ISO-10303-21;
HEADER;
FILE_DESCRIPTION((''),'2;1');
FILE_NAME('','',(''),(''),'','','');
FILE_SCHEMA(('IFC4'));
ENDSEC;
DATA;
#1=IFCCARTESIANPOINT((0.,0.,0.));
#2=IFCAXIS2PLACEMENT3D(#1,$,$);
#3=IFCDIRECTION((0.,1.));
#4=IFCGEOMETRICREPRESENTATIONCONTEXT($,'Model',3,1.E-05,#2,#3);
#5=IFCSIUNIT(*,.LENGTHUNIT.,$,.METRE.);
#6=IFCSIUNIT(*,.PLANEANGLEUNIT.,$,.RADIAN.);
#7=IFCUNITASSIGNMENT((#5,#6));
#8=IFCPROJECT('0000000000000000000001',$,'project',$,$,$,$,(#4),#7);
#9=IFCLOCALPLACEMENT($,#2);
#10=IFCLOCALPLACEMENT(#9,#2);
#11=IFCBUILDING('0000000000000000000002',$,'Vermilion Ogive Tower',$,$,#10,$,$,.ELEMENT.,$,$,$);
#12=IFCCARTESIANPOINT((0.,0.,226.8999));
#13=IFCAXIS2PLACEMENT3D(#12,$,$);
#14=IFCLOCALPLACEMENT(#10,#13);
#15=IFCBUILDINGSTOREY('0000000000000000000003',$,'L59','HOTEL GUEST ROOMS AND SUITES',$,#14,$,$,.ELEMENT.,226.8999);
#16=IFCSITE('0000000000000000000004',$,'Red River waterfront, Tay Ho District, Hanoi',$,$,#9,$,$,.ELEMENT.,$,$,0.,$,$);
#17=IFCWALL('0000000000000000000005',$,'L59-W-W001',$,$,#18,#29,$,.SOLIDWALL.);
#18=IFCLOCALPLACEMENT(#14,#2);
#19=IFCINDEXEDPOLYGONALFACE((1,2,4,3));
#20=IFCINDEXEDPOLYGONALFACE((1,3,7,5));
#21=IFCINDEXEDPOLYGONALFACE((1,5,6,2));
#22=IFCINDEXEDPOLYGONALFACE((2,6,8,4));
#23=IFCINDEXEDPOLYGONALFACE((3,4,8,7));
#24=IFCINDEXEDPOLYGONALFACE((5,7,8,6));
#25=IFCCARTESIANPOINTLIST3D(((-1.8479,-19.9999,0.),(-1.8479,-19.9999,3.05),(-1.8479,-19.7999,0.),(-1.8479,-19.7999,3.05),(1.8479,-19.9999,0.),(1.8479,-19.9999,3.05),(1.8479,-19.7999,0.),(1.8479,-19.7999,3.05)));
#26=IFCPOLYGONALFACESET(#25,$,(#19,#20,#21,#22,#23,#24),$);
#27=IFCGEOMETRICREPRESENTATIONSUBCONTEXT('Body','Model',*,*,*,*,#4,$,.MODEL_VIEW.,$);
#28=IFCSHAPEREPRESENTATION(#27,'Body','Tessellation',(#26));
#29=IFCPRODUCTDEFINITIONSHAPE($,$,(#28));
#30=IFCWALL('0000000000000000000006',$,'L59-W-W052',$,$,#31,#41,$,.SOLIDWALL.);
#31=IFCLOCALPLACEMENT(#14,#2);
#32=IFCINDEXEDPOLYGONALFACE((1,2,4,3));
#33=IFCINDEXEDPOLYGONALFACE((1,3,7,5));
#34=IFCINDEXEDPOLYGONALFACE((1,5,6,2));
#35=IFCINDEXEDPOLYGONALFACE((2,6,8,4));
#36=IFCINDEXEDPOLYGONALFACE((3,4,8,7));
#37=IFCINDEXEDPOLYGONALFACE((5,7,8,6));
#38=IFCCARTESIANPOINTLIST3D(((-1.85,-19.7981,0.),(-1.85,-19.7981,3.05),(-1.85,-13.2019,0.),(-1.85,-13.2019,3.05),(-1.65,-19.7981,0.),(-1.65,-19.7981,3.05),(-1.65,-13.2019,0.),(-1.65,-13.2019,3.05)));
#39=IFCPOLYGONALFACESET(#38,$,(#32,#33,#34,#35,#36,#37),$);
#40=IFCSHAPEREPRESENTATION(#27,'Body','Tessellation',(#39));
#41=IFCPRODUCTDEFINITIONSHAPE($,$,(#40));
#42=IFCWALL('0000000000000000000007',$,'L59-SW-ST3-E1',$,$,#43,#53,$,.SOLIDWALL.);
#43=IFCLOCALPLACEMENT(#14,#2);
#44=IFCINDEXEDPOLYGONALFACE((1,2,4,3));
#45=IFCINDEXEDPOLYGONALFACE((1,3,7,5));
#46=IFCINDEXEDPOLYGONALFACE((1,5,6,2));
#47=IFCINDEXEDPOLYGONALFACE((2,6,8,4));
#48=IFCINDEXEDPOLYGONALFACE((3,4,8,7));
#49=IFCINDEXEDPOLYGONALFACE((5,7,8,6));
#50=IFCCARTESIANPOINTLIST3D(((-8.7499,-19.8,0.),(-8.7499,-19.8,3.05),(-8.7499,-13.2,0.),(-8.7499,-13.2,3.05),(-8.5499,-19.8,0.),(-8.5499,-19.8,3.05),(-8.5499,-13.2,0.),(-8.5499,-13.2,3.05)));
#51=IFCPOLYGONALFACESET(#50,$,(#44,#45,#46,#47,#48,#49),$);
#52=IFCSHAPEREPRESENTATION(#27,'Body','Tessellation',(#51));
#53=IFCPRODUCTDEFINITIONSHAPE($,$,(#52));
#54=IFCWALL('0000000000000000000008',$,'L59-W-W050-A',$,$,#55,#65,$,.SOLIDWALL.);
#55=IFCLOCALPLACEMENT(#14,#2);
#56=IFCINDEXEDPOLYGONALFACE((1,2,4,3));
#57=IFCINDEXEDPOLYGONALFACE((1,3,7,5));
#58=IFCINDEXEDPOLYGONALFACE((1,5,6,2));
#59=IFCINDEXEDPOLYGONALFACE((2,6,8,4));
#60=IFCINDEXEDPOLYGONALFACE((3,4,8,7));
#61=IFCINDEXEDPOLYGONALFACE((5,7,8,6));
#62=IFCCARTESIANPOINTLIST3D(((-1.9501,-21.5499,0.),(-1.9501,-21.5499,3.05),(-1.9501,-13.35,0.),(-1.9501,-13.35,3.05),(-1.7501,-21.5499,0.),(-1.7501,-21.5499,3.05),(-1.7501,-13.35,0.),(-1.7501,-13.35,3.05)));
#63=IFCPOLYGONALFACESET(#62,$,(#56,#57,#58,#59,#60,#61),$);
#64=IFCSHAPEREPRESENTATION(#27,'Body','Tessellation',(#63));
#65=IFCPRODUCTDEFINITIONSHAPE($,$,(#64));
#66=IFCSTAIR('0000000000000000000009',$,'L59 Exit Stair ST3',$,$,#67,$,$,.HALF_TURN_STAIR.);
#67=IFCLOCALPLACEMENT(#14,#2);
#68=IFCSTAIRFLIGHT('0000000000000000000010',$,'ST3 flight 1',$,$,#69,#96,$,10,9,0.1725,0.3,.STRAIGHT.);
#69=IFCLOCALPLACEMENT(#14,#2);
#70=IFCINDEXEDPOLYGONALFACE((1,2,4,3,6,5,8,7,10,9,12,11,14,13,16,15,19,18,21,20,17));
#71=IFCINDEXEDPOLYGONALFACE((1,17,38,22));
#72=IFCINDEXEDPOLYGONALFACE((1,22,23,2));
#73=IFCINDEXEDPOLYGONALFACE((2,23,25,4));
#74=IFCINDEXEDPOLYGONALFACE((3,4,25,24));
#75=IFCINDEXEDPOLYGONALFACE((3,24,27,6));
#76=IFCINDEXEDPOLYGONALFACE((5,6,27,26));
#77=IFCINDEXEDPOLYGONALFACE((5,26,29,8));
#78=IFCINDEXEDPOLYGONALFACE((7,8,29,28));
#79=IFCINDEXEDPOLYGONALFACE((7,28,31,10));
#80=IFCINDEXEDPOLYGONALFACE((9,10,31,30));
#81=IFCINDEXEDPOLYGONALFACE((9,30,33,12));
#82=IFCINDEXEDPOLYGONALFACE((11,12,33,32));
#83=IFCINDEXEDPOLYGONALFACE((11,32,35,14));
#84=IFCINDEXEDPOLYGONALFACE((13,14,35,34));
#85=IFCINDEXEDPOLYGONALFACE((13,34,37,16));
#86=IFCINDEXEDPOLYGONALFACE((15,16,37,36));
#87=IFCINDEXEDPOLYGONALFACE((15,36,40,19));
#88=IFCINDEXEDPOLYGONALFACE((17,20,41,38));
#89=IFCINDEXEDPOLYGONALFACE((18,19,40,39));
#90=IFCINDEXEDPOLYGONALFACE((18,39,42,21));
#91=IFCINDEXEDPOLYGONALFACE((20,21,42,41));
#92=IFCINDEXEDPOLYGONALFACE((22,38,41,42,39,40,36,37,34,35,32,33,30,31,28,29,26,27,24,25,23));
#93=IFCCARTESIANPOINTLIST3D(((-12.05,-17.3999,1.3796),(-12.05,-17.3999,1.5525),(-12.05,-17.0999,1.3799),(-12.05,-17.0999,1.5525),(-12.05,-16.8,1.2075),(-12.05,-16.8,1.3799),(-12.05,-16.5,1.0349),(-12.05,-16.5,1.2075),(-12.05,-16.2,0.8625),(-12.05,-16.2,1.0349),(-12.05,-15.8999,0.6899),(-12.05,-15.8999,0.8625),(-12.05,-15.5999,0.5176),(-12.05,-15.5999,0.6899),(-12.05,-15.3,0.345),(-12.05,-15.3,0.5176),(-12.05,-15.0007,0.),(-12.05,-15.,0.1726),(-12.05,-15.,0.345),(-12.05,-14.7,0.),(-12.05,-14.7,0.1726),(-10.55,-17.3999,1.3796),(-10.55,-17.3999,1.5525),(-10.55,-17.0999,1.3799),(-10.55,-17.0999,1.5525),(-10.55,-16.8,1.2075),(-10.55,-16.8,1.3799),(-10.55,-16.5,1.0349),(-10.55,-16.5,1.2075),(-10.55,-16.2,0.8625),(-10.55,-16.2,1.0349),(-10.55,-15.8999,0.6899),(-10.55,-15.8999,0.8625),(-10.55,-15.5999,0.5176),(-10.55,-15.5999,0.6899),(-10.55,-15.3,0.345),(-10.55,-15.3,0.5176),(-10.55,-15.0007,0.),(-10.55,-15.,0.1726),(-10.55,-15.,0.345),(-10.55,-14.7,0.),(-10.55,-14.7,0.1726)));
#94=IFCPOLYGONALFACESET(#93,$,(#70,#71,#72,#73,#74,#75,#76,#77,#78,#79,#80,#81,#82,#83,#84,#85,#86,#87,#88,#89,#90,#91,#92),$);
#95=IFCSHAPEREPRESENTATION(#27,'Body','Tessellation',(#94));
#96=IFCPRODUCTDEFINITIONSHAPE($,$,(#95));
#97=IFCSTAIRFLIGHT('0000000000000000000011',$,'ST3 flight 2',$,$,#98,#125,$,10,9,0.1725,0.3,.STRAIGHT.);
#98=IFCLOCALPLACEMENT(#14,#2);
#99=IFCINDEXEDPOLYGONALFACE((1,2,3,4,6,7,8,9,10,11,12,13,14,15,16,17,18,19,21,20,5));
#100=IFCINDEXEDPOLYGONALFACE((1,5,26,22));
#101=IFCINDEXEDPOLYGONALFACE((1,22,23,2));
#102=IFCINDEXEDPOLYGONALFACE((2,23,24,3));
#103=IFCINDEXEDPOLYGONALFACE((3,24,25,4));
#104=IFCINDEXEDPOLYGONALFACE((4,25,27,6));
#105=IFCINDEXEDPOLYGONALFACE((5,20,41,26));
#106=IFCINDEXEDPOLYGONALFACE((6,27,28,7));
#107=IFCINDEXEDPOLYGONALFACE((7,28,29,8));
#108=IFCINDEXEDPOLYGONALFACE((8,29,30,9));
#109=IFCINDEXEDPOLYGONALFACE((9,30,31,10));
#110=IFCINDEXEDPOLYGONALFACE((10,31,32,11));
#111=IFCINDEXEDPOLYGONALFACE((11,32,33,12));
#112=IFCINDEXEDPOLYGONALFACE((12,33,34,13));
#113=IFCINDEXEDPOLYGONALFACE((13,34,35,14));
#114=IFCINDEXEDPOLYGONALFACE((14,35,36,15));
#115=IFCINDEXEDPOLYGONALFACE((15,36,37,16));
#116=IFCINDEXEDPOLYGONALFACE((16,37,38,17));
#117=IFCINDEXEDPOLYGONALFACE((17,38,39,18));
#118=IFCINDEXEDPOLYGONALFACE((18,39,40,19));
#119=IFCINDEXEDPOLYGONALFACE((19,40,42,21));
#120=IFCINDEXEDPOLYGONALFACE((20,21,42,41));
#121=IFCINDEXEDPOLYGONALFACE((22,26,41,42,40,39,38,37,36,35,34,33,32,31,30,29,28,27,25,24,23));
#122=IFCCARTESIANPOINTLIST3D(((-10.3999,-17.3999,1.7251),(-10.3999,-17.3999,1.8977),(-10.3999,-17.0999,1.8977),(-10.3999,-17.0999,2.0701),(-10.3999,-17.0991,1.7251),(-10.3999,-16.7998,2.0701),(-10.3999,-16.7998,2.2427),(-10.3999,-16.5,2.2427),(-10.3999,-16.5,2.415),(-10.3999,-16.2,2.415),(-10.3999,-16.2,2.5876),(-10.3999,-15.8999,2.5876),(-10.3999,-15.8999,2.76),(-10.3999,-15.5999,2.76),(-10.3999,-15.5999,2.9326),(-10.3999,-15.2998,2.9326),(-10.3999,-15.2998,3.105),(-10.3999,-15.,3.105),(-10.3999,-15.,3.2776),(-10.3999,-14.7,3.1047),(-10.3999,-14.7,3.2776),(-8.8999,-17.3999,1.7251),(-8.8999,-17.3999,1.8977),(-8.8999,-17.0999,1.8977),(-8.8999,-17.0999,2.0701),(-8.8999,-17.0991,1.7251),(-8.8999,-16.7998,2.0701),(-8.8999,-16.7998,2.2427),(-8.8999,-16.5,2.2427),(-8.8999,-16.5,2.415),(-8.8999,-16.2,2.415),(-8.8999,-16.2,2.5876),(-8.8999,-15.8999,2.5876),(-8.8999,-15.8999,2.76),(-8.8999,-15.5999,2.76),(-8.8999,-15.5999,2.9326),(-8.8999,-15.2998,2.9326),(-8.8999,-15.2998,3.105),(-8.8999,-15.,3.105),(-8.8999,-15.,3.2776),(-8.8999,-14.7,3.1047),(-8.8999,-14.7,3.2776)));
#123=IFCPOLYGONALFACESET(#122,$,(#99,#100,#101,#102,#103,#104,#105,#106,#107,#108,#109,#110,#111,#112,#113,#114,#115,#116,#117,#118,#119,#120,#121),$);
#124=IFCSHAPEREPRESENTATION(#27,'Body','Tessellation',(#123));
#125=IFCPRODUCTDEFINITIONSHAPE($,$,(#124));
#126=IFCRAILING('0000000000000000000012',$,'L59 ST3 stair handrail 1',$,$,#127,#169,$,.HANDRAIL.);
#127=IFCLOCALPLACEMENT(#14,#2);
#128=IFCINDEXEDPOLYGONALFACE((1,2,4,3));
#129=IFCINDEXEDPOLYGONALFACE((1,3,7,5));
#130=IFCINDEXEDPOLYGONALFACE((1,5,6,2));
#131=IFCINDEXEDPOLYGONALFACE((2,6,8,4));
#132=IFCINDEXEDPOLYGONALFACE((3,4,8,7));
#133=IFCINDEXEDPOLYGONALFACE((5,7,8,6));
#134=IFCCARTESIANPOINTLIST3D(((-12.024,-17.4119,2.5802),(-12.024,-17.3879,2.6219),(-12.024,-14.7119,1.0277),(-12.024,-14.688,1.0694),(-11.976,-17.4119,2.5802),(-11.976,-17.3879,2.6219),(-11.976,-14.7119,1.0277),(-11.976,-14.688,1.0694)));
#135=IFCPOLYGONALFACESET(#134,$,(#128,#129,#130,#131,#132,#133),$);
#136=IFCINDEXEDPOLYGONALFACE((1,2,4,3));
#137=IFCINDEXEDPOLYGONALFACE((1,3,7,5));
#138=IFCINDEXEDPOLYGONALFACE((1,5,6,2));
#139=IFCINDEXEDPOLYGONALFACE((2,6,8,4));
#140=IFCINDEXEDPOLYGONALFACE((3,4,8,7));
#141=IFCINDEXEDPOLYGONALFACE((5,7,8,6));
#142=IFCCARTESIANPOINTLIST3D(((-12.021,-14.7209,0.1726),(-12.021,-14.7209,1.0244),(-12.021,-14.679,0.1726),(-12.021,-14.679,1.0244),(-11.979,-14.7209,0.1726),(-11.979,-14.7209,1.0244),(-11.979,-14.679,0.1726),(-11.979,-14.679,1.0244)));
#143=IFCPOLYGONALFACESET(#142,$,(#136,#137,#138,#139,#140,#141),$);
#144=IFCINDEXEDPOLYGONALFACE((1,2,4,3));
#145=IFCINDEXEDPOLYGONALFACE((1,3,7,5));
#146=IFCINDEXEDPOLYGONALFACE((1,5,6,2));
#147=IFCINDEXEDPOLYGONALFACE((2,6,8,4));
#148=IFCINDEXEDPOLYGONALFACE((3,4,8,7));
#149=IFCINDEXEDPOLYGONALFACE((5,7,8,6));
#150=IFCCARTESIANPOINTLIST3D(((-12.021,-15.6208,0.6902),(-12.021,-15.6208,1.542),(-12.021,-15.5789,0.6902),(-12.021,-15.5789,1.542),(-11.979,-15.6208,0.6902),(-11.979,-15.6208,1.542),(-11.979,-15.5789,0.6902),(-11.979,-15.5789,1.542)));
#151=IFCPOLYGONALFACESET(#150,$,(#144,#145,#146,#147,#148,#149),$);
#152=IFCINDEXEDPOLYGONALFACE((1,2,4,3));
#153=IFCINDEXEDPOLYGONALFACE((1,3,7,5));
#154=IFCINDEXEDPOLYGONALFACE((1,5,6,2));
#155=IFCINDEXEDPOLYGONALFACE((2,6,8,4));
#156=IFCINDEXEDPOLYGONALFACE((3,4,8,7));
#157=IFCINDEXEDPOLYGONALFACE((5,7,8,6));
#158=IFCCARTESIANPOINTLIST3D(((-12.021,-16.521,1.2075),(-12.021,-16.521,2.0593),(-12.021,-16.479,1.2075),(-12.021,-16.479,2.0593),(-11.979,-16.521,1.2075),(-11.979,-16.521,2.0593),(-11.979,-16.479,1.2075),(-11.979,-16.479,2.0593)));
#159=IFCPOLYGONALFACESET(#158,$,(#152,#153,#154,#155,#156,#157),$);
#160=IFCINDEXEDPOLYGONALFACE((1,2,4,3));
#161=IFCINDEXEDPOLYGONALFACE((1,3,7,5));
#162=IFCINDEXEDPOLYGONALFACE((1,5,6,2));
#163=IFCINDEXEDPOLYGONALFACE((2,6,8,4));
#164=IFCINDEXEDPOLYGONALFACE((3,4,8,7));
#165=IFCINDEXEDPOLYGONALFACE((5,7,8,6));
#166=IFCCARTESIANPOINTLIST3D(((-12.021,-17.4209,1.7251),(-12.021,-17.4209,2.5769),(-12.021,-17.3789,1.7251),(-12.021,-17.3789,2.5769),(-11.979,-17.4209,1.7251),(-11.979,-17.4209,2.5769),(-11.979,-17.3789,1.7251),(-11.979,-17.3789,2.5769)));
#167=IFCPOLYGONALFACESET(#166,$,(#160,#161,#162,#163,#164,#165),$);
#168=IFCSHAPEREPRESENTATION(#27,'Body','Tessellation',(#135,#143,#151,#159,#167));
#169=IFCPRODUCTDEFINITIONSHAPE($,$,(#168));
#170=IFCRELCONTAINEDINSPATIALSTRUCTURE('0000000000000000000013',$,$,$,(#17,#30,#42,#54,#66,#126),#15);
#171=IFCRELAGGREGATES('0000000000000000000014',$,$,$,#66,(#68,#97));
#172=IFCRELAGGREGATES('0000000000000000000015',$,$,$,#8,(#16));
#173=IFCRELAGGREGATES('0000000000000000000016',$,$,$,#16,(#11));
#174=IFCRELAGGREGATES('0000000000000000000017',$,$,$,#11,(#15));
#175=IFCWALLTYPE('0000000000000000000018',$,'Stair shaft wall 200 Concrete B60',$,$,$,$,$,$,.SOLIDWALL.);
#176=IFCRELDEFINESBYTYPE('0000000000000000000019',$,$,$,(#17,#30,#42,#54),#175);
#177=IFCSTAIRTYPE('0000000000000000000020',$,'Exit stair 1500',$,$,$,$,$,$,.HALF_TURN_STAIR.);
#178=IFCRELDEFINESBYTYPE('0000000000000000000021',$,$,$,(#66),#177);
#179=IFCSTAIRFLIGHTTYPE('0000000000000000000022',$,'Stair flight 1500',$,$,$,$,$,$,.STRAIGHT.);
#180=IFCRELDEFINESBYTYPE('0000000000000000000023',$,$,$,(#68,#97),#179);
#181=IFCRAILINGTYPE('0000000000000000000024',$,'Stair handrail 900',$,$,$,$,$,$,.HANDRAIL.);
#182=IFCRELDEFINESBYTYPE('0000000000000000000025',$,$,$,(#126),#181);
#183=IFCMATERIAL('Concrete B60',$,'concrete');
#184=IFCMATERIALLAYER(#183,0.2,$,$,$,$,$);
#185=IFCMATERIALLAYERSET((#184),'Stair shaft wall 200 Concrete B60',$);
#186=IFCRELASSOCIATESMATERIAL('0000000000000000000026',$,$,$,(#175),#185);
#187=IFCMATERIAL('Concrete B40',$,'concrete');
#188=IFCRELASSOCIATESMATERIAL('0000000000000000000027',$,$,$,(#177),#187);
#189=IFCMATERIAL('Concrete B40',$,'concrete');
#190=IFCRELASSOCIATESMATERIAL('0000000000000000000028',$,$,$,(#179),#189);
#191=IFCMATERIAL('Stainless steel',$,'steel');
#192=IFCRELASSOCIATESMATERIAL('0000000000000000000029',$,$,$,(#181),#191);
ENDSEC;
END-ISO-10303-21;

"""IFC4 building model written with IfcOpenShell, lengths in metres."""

from ifc_helpers import new_model, si_unit, direction, frame, frame_2d, origin, origin_2d, place, context, subcontext, project, spatial, polyline, rectangle, outline, extrude, material, layer, layer_set, type_object, element, aggregate, save


model = new_model("IFC4")

# Units and contexts
model_context = context("Model", 3, precision=1e-05, world=origin(), true_north=direction((0.0, 1.0)))
body_context = subcontext(model_context, "Body", "Model", "MODEL_VIEW")
ifc_project = project(units=[si_unit("LENGTHUNIT", "METRE"), si_unit("PLANEANGLEUNIT", "RADIAN")], contexts=[model_context])

# Site, building, storey
site_placement = place(None, origin())
site = spatial("IfcSite", under=ifc_project, at=site_placement, Name="Red River waterfront, Tay Ho District, Hanoi", CompositionType="ELEMENT", RefElevation=0.0)
building_placement = place(site_placement, origin())
building = spatial("IfcBuilding", under=site, at=building_placement, Name="Vermilion Ogive Tower", CompositionType="ELEMENT")
storey_placement = place(building_placement, frame((0.0, 0.0, 226.8999)))
storey = spatial("IfcBuildingStorey", under=building, at=storey_placement, Name="L59", Description="HOTEL GUEST ROOMS AND SUITES", CompositionType="ELEMENT", Elevation=226.8999)

# Walls
ifc_material_1 = material(Name="Concrete B60", Category="concrete")
ifc_layer_1 = layer(ifc_material_1, 0.2)
ifc_layer_set_1 = layer_set([ifc_layer_1], Name="Stair shaft wall 200 Concrete B60")
wall_type = type_object("IfcWallType", Name="Stair shaft wall 200 Concrete B60", PredefinedType="SOLIDWALL", material=ifc_layer_set_1)
wall_1_placement = place(storey_placement, frame((-1.8479, -19.8999, 0.0), z_axis=(0.0, 0.0, 1.0), x_axis=(1.0, 0.0, 0.0)))
element("IfcWall", 1, at=wall_1_placement, inside=storey, type_object=wall_type, Name="L59-W-W001", PredefinedType="SOLIDWALL", context=body_context, shape_type="SweptSolid", body=[
    extrude(rectangle(XDim=3.6958, YDim=0.2, at=frame_2d((1.8479, 0.0))), origin(), (0.0, 0.0, 1.0), 3.05),
])
wall_2_placement = place(storey_placement, frame((-1.75, -19.7981, 0.0), z_axis=(0.0, 0.0, 1.0), x_axis=(0.0, 1.0, 0.0)))
element("IfcWall", 2, at=wall_2_placement, inside=storey, type_object=wall_type, Name="L59-W-W052", PredefinedType="SOLIDWALL", context=body_context, shape_type="SweptSolid", body=[
    extrude(rectangle(XDim=6.5962, YDim=0.2, at=frame_2d((3.2981, 0.0))), origin(), (0.0, 0.0, 1.0), 3.05),
])
wall_3_placement = place(storey_placement, frame((-8.6499, -19.8, 0.0), z_axis=(0.0, 0.0, 1.0), x_axis=(0.0, 1.0, 0.0)))
element("IfcWall", 3, at=wall_3_placement, inside=storey, type_object=wall_type, Name="L59-SW-ST3-E1", PredefinedType="SOLIDWALL", context=body_context, shape_type="SweptSolid", body=[
    extrude(rectangle(XDim=6.6001, YDim=0.2, at=frame_2d((3.3, 0.0))), origin(), (0.0, 0.0, 1.0), 3.05),
])
wall_4_placement = place(storey_placement, frame((-1.8501, -21.55, 0.0), z_axis=(0.0, 0.0, 1.0), x_axis=(0.0, 1.0, 0.0)))
element("IfcWall", 4, at=wall_4_placement, inside=storey, type_object=wall_type, Name="L59-W-W050-A", PredefinedType="SOLIDWALL", context=body_context, shape_type="SweptSolid", body=[
    extrude(rectangle(XDim=8.2, YDim=0.2, at=frame_2d((4.1001, 0.0))), origin(), (0.0, 0.0, 1.0), 3.05),
])

# Stair, stair flights
ifc_material_2 = material(Name="Concrete B40", Category="concrete")
stair_type = type_object("IfcStairType", Name="Exit stair 1500", PredefinedType="HALF_TURN_STAIR", material=ifc_material_2)
stair_placement = place(storey_placement, origin())
stair = element("IfcStair", 5, at=stair_placement, inside=storey, type_object=stair_type, Name="L59 Exit Stair ST3", PredefinedType="HALF_TURN_STAIR")
ifc_material_3 = material(Name="Concrete B40", Category="concrete")
stair_flight_type = type_object("IfcStairFlightType", Name="Stair flight 1500", PredefinedType="STRAIGHT", material=ifc_material_3)
stair_flight_1_placement = place(storey_placement, frame((-11.3, -14.7, 0.0), z_axis=(0.0, 0.0, 1.0), x_axis=(0.0, -1.0, 0.0)))
stair_flight_1 = element("IfcStairFlight", 6, at=stair_flight_1_placement, type_object=stair_flight_type, Name="ST3 flight 1", NumberOfRisers=10, NumberOfTreads=9, PredefinedType="STRAIGHT", RiserHeight=0.1725, TreadLength=0.3, context=body_context, shape_type="SweptSolid", body=[
    extrude(outline(polyline([(0.0, 0.0), (0.0, 0.1726), (0.3, 0.1726), (0.3, 0.345), (0.6001, 0.345), (0.6001, 0.5176), (0.8999, 0.5176), (0.8999, 0.6899), (1.2, 0.6899), (1.2, 0.8625), (1.5, 0.8625), (1.5, 1.0349), (1.8, 1.0349), (1.8, 1.2075), (2.1001, 1.2075), (2.1001, 1.3799), (2.3999, 1.3799), (2.3999, 1.5525), (2.7, 1.5525), (2.7, 1.7251), (2.7, 1.3796), (0.3008, 0.0), (0.0, 0.0)])), frame((0.0, 0.75, 0.0), z_axis=(0.0, -1.0, 0.0), x_axis=(1.0, 0.0, 0.0)), (0.0, 0.0, 1.0), 1.5),
])
stair_flight_2_placement = place(storey_placement, frame((-9.6499, -17.3999, 1.7251), z_axis=(0.0, 0.0, 1.0), x_axis=(0.0, 1.0, 0.0)))
stair_flight_2 = element("IfcStairFlight", 7, at=stair_flight_2_placement, type_object=stair_flight_type, Name="ST3 flight 2", NumberOfRisers=10, NumberOfTreads=9, PredefinedType="STRAIGHT", RiserHeight=0.1725, TreadLength=0.3, context=body_context, shape_type="SweptSolid", body=[
    extrude(outline(polyline([(0.0, 0.0), (0.0, 0.1726), (0.3, 0.1726), (0.3, 0.345), (0.6001, 0.345), (0.6001, 0.5176), (0.8999, 0.5176), (0.8999, 0.6899), (1.2, 0.6899), (1.2, 0.8625), (1.5, 0.8625), (1.5, 1.0349), (1.8, 1.0349), (1.8, 1.2075), (2.1001, 1.2075), (2.1001, 1.3799), (2.3999, 1.3799), (2.3999, 1.5525), (2.7, 1.5525), (2.7, 1.7251), (2.7, 1.3796), (0.3008, 0.0), (0.0, 0.0)])), frame((0.0, 0.75, 0.0), z_axis=(0.0, -1.0, 0.0), x_axis=(1.0, 0.0, 0.0)), (0.0, 0.0, 1.0), 1.5),
])
aggregate(stair, [stair_flight_1, stair_flight_2])

# Railing
ifc_material_4 = material(Name="Stainless steel", Category="steel")
railing_type = type_object("IfcRailingType", Name="Stair handrail 900", PredefinedType="HANDRAIL", material=ifc_material_4)
railing_1_placement = place(storey_placement, frame((-12.0, -14.7, 0.1726)))
element("IfcRailing", 8, at=railing_1_placement, inside=storey, type_object=railing_type, Name="L59 ST3 stair handrail 1", PredefinedType="HANDRAIL", context=body_context, shape_type="SweptSolid", body=[
    extrude(rectangle(XDim=0.0481, YDim=0.0481, at=origin_2d()), frame((0.0, 0.0, 0.876), z_axis=(0.0, -0.866904, 0.498476), x_axis=(1.0, 0.0, 0.0)), (0.0, 0.0, 1.0), 3.1145),
    extrude(rectangle(XDim=0.042, YDim=0.042, at=origin_2d()), origin(), (0.0, 0.0, 1.0), 0.8518),
    extrude(rectangle(XDim=0.042, YDim=0.042, at=origin_2d()), frame((0.0, -0.8999, 0.5176)), (0.0, 0.0, 1.0), 0.8518),
    extrude(rectangle(XDim=0.042, YDim=0.042, at=origin_2d()), frame((0.0, -1.8, 1.0349)), (0.0, 0.0, 1.0), 0.8518),
    extrude(rectangle(XDim=0.042, YDim=0.042, at=origin_2d()), frame((0.0, -2.7, 1.5525)), (0.0, 0.0, 1.0), 0.8518),
])

save(model, "model.ifc")
